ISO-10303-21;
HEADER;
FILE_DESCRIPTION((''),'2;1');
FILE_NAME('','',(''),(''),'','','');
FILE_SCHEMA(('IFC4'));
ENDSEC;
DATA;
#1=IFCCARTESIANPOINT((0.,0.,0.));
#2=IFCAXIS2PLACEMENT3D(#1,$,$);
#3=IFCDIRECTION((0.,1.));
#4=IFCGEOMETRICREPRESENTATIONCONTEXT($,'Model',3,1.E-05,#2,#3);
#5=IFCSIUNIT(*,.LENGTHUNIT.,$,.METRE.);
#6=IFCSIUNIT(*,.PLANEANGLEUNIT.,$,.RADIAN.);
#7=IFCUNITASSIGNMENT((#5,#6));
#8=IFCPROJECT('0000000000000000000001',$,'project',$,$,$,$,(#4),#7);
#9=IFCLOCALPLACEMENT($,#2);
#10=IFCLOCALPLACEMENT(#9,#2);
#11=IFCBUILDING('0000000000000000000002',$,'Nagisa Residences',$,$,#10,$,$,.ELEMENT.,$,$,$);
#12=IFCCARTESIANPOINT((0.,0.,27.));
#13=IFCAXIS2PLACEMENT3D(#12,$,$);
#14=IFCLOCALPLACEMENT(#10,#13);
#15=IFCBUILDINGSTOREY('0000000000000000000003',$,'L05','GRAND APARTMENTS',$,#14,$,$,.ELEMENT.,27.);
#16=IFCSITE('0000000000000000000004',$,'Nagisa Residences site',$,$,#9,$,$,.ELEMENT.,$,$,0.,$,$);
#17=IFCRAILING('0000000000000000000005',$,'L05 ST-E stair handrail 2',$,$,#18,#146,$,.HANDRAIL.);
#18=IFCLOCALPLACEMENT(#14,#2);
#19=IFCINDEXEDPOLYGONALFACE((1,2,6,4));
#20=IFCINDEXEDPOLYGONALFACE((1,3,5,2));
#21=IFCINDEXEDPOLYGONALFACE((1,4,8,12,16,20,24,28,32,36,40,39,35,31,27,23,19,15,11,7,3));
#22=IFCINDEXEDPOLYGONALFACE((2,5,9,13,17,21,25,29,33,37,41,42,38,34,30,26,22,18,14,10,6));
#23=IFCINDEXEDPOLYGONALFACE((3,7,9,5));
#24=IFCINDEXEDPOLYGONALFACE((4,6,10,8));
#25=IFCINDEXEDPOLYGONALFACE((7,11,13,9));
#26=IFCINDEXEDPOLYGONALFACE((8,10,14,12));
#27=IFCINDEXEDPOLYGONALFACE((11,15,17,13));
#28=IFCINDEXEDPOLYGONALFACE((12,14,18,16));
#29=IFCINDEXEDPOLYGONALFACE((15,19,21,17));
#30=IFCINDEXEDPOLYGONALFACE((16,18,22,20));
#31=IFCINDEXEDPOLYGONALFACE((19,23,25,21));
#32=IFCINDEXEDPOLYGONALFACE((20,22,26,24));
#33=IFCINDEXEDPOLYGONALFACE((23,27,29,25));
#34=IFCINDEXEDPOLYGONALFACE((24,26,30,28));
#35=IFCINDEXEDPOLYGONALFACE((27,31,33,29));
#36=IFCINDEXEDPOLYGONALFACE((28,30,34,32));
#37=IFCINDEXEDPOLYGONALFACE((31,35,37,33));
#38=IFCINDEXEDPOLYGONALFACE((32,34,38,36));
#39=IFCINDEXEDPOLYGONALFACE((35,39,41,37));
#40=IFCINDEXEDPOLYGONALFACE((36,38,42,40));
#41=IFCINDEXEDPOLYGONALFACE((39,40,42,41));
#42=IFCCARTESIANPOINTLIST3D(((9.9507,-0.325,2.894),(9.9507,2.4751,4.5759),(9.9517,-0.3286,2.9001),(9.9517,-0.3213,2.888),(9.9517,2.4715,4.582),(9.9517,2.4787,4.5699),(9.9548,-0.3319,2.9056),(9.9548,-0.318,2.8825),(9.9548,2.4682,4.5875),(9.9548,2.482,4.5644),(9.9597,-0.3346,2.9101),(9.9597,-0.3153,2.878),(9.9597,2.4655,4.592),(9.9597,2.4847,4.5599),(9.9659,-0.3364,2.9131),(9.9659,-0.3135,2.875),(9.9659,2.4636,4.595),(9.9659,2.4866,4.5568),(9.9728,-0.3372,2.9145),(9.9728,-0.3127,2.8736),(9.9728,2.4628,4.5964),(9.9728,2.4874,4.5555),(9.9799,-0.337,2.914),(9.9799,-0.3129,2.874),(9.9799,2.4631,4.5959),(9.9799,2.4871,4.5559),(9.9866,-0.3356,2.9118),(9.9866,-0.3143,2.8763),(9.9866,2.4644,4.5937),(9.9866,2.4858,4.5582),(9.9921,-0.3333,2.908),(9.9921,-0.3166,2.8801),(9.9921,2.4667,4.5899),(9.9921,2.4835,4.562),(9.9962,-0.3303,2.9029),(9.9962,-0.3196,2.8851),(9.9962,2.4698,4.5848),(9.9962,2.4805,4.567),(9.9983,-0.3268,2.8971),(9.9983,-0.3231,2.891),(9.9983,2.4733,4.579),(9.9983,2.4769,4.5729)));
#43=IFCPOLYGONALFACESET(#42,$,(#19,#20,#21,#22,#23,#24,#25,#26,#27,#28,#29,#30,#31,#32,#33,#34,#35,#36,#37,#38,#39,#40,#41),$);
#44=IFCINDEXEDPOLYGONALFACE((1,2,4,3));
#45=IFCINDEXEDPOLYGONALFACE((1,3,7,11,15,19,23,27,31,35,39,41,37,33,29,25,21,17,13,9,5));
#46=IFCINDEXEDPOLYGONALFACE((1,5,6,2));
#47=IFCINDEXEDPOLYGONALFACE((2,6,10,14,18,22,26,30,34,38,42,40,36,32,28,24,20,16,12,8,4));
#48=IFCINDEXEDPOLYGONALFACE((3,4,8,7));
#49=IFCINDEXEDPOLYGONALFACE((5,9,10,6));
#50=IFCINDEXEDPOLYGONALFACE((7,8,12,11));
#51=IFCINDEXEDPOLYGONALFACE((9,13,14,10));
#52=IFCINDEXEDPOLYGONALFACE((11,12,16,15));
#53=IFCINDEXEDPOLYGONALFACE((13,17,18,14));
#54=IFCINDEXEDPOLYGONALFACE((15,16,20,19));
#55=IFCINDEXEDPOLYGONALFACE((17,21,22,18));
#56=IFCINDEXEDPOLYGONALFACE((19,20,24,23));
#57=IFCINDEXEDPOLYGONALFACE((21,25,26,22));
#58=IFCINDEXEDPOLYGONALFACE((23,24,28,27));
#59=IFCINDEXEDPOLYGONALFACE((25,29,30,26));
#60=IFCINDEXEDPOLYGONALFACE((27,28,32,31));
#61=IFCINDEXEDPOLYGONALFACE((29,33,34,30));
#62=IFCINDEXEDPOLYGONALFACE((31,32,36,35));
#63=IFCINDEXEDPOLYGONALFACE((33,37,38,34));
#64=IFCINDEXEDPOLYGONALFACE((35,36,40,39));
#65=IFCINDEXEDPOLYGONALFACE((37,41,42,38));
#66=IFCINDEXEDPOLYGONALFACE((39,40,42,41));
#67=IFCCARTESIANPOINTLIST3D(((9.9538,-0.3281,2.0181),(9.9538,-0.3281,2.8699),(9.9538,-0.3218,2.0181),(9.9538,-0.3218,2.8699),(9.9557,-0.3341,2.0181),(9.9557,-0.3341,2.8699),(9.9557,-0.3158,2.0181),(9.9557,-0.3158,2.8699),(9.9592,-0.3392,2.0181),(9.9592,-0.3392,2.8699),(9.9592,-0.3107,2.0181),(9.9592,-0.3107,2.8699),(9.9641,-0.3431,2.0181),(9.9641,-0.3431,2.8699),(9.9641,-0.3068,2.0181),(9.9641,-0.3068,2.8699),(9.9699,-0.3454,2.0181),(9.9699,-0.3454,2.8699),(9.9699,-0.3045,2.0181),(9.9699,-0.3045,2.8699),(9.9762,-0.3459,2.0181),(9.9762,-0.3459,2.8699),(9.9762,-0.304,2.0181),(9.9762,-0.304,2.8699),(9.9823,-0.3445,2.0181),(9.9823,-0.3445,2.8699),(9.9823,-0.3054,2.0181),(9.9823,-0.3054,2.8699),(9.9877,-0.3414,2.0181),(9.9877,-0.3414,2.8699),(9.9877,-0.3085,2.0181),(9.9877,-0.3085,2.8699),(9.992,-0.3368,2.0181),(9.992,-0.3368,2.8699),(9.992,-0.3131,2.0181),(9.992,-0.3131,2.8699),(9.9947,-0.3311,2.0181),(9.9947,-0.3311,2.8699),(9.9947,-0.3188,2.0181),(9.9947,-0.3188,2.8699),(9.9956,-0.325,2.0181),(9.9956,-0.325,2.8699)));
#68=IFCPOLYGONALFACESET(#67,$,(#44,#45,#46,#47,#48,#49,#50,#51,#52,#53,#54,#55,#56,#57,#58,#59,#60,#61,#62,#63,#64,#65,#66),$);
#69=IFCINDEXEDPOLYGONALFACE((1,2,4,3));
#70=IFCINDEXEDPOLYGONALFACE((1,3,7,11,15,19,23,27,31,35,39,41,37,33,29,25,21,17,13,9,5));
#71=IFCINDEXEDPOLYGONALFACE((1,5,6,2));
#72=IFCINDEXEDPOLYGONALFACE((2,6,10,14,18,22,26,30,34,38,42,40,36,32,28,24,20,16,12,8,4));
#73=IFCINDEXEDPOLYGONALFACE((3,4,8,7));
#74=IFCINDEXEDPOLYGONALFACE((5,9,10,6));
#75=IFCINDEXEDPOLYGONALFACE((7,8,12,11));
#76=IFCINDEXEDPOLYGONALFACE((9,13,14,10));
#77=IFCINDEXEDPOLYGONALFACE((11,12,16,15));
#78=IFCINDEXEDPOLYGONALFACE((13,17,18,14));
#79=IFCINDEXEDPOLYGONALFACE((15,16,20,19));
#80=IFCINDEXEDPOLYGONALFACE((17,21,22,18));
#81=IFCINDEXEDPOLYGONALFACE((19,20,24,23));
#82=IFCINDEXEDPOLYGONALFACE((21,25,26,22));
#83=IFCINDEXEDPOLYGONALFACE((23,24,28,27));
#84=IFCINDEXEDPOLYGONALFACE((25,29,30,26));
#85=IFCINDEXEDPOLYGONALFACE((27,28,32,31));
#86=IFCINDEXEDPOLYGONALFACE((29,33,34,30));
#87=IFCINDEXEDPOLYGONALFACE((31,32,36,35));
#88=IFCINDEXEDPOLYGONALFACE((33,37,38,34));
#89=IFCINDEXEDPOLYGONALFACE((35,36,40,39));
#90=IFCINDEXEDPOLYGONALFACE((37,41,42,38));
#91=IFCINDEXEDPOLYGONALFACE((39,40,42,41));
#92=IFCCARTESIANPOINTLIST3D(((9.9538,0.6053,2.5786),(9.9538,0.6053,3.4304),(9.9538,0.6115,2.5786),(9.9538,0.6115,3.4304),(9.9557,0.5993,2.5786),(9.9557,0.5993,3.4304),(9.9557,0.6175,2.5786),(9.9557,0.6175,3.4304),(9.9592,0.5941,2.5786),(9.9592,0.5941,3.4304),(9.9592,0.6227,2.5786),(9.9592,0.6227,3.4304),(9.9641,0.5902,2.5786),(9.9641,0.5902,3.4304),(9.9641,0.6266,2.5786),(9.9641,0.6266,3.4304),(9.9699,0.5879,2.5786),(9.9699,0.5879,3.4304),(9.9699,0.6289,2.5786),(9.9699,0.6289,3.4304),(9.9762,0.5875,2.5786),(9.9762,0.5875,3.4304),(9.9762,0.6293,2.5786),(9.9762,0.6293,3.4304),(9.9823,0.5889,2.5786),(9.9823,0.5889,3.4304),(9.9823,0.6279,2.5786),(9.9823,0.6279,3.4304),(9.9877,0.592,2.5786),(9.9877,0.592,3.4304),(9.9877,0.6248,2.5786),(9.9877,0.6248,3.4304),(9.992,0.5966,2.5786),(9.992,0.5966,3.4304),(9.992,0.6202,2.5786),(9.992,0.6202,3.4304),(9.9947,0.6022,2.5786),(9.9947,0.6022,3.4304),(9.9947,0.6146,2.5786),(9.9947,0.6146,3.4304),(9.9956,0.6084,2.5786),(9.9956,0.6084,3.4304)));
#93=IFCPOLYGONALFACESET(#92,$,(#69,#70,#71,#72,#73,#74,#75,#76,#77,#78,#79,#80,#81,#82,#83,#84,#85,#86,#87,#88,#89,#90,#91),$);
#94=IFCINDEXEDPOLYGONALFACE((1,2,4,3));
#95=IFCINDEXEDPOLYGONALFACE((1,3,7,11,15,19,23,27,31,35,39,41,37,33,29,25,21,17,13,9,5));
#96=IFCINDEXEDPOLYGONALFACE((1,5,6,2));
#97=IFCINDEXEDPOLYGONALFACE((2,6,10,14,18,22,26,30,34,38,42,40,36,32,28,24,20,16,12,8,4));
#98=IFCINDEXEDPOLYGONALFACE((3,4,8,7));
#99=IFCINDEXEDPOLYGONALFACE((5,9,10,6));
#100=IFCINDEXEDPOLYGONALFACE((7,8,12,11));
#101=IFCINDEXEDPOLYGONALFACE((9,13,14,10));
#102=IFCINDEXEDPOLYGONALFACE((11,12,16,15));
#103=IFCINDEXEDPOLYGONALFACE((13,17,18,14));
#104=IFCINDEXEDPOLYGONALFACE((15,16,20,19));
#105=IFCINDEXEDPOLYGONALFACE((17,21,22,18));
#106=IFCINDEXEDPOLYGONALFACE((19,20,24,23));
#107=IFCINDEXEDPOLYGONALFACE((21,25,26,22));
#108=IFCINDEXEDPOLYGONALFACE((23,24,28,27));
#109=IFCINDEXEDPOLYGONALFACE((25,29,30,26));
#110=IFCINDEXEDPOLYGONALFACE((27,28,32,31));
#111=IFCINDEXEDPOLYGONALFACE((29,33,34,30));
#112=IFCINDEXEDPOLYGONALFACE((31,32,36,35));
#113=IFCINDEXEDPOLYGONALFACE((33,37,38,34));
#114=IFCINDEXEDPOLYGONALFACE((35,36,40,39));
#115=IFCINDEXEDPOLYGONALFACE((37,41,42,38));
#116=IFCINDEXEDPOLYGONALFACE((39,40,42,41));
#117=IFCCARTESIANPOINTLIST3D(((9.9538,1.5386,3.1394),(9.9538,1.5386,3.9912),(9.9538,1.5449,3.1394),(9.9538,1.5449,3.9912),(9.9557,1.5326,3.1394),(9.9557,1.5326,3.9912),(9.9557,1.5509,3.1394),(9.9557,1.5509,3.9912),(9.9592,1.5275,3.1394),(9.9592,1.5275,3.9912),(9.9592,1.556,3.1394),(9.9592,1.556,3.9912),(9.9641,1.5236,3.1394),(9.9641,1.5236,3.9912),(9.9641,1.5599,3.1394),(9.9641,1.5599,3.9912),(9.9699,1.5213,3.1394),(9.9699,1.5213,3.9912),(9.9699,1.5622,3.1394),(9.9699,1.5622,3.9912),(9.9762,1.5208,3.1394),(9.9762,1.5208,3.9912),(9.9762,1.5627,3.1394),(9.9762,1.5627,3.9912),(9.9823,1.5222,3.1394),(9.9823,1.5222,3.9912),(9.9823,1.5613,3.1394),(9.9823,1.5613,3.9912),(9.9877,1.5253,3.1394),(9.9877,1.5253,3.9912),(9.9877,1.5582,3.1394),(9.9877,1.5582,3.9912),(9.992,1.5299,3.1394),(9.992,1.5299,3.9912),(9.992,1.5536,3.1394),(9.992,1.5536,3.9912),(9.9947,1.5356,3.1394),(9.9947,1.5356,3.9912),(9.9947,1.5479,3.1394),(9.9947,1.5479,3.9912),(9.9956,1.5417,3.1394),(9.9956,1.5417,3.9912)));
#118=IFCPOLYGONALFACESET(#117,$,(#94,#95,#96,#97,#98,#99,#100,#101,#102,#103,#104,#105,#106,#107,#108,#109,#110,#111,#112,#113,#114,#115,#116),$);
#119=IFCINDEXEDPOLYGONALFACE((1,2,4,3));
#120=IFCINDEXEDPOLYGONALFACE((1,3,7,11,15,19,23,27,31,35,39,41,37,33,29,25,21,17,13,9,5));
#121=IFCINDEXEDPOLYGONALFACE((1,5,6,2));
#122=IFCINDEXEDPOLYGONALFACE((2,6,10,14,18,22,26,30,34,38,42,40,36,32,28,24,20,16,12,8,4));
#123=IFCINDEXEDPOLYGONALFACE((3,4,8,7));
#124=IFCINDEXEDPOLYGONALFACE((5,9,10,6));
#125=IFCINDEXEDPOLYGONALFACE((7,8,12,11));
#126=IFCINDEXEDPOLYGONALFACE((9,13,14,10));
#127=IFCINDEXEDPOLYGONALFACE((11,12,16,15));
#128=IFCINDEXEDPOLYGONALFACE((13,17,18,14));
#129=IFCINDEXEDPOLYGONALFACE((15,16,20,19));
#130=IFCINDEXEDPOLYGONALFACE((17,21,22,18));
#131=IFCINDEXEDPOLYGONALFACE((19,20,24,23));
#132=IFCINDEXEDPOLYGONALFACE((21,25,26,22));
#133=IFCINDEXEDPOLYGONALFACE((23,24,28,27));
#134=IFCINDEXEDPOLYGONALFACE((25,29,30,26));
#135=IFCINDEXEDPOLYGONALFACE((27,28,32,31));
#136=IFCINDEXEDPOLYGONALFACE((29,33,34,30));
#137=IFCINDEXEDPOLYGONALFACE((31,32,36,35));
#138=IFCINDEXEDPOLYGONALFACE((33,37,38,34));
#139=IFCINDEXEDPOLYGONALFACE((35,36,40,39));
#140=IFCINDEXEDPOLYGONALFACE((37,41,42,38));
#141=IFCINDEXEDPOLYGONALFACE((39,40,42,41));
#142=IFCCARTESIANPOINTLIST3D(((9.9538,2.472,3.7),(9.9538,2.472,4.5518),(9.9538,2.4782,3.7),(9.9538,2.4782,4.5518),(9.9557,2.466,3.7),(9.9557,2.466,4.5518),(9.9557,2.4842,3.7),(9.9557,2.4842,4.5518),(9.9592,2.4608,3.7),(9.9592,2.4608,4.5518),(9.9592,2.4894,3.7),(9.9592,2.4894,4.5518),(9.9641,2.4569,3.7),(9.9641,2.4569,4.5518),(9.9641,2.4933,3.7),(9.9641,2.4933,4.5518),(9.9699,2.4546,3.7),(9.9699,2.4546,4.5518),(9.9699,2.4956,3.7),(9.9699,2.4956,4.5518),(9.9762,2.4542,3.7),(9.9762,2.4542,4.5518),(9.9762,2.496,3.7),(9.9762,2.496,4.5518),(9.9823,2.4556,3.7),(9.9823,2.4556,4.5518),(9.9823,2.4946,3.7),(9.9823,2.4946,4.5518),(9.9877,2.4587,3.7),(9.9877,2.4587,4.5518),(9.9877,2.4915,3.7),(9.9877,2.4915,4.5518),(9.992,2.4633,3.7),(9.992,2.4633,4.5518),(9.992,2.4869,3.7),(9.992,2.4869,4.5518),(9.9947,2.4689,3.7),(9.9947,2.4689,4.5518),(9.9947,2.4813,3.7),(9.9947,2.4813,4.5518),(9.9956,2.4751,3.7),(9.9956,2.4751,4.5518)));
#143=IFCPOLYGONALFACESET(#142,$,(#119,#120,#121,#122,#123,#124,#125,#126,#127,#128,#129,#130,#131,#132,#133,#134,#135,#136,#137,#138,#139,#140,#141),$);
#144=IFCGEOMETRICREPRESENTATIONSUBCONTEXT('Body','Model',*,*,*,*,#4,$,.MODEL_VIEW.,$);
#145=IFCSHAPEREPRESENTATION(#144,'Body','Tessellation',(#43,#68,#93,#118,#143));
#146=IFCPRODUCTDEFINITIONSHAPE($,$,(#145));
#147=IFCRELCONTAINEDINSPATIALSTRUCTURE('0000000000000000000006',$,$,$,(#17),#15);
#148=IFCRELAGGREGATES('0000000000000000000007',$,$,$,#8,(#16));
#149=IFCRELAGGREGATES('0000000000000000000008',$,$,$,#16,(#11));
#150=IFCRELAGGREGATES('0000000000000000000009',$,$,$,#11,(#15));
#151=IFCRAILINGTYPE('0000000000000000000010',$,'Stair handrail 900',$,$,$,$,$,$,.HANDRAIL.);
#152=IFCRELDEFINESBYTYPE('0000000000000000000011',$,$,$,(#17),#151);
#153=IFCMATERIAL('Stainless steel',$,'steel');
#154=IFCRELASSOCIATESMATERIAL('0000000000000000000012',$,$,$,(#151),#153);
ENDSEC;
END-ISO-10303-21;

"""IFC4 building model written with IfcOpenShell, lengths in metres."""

from ifc_helpers import new_model, si_unit, direction, frame, origin, origin_2d, place, context, subcontext, project, spatial, circle, extrude, material, type_object, element, save


model = new_model("IFC4")

# Units and contexts
model_context = context("Model", 3, precision=1e-05, world=origin(), true_north=direction((0.0, 1.0)))
body_context = subcontext(model_context, "Body", "Model", "MODEL_VIEW")
ifc_project = project(units=[si_unit("LENGTHUNIT", "METRE"), si_unit("PLANEANGLEUNIT", "RADIAN")], contexts=[model_context])

# Site, building, storey
site_placement = place(None, origin())
site = spatial("IfcSite", under=ifc_project, at=site_placement, Name="Nagisa Residences site", CompositionType="ELEMENT", RefElevation=0.0)
building_placement = place(site_placement, origin())
building = spatial("IfcBuilding", under=site, at=building_placement, Name="Nagisa Residences", CompositionType="ELEMENT")
storey_placement = place(building_placement, frame((0.0, 0.0, 27.0)))
storey = spatial("IfcBuildingStorey", under=building, at=storey_placement, Name="L05", Description="GRAND APARTMENTS", CompositionType="ELEMENT", Elevation=27.0)

# Railing
ifc_material_1 = material(Name="Stainless steel", Category="steel")
railing_type = type_object("IfcRailingType", Name="Stair handrail 900", PredefinedType="HANDRAIL", material=ifc_material_1)
railing_1_placement = place(storey_placement, frame((9.9746, -0.325, 2.0181)))
element("IfcRailing", 1, at=railing_1_placement, inside=storey, type_object=railing_type, Name="L05 ST-E stair handrail 2", PredefinedType="HANDRAIL", context=body_context, shape_type="SweptSolid", body=[
    extrude(circle(Radius=0.0239, at=origin_2d()), frame((0.0, 0.0, 0.876), z_axis=(0.0, 0.857242, 0.514913), x_axis=(-1.0, 0.0, 0.0)), (0.0, 0.0, 1.0), 3.2664),
    extrude(circle(Radius=0.021, at=origin_2d()), origin(), (0.0, 0.0, 1.0), 0.8518),
    extrude(circle(Radius=0.021, at=origin_2d()), frame((0.0, 0.9333, 0.5605)), (0.0, 0.0, 1.0), 0.8518),
    extrude(circle(Radius=0.021, at=origin_2d()), frame((0.0, 1.8667, 1.1213)), (0.0, 0.0, 1.0), 0.8518),
    extrude(circle(Radius=0.021, at=origin_2d()), frame((0.0, 2.8, 1.6819)), (0.0, 0.0, 1.0), 0.8518),
])

save(model, "model.ifc")
